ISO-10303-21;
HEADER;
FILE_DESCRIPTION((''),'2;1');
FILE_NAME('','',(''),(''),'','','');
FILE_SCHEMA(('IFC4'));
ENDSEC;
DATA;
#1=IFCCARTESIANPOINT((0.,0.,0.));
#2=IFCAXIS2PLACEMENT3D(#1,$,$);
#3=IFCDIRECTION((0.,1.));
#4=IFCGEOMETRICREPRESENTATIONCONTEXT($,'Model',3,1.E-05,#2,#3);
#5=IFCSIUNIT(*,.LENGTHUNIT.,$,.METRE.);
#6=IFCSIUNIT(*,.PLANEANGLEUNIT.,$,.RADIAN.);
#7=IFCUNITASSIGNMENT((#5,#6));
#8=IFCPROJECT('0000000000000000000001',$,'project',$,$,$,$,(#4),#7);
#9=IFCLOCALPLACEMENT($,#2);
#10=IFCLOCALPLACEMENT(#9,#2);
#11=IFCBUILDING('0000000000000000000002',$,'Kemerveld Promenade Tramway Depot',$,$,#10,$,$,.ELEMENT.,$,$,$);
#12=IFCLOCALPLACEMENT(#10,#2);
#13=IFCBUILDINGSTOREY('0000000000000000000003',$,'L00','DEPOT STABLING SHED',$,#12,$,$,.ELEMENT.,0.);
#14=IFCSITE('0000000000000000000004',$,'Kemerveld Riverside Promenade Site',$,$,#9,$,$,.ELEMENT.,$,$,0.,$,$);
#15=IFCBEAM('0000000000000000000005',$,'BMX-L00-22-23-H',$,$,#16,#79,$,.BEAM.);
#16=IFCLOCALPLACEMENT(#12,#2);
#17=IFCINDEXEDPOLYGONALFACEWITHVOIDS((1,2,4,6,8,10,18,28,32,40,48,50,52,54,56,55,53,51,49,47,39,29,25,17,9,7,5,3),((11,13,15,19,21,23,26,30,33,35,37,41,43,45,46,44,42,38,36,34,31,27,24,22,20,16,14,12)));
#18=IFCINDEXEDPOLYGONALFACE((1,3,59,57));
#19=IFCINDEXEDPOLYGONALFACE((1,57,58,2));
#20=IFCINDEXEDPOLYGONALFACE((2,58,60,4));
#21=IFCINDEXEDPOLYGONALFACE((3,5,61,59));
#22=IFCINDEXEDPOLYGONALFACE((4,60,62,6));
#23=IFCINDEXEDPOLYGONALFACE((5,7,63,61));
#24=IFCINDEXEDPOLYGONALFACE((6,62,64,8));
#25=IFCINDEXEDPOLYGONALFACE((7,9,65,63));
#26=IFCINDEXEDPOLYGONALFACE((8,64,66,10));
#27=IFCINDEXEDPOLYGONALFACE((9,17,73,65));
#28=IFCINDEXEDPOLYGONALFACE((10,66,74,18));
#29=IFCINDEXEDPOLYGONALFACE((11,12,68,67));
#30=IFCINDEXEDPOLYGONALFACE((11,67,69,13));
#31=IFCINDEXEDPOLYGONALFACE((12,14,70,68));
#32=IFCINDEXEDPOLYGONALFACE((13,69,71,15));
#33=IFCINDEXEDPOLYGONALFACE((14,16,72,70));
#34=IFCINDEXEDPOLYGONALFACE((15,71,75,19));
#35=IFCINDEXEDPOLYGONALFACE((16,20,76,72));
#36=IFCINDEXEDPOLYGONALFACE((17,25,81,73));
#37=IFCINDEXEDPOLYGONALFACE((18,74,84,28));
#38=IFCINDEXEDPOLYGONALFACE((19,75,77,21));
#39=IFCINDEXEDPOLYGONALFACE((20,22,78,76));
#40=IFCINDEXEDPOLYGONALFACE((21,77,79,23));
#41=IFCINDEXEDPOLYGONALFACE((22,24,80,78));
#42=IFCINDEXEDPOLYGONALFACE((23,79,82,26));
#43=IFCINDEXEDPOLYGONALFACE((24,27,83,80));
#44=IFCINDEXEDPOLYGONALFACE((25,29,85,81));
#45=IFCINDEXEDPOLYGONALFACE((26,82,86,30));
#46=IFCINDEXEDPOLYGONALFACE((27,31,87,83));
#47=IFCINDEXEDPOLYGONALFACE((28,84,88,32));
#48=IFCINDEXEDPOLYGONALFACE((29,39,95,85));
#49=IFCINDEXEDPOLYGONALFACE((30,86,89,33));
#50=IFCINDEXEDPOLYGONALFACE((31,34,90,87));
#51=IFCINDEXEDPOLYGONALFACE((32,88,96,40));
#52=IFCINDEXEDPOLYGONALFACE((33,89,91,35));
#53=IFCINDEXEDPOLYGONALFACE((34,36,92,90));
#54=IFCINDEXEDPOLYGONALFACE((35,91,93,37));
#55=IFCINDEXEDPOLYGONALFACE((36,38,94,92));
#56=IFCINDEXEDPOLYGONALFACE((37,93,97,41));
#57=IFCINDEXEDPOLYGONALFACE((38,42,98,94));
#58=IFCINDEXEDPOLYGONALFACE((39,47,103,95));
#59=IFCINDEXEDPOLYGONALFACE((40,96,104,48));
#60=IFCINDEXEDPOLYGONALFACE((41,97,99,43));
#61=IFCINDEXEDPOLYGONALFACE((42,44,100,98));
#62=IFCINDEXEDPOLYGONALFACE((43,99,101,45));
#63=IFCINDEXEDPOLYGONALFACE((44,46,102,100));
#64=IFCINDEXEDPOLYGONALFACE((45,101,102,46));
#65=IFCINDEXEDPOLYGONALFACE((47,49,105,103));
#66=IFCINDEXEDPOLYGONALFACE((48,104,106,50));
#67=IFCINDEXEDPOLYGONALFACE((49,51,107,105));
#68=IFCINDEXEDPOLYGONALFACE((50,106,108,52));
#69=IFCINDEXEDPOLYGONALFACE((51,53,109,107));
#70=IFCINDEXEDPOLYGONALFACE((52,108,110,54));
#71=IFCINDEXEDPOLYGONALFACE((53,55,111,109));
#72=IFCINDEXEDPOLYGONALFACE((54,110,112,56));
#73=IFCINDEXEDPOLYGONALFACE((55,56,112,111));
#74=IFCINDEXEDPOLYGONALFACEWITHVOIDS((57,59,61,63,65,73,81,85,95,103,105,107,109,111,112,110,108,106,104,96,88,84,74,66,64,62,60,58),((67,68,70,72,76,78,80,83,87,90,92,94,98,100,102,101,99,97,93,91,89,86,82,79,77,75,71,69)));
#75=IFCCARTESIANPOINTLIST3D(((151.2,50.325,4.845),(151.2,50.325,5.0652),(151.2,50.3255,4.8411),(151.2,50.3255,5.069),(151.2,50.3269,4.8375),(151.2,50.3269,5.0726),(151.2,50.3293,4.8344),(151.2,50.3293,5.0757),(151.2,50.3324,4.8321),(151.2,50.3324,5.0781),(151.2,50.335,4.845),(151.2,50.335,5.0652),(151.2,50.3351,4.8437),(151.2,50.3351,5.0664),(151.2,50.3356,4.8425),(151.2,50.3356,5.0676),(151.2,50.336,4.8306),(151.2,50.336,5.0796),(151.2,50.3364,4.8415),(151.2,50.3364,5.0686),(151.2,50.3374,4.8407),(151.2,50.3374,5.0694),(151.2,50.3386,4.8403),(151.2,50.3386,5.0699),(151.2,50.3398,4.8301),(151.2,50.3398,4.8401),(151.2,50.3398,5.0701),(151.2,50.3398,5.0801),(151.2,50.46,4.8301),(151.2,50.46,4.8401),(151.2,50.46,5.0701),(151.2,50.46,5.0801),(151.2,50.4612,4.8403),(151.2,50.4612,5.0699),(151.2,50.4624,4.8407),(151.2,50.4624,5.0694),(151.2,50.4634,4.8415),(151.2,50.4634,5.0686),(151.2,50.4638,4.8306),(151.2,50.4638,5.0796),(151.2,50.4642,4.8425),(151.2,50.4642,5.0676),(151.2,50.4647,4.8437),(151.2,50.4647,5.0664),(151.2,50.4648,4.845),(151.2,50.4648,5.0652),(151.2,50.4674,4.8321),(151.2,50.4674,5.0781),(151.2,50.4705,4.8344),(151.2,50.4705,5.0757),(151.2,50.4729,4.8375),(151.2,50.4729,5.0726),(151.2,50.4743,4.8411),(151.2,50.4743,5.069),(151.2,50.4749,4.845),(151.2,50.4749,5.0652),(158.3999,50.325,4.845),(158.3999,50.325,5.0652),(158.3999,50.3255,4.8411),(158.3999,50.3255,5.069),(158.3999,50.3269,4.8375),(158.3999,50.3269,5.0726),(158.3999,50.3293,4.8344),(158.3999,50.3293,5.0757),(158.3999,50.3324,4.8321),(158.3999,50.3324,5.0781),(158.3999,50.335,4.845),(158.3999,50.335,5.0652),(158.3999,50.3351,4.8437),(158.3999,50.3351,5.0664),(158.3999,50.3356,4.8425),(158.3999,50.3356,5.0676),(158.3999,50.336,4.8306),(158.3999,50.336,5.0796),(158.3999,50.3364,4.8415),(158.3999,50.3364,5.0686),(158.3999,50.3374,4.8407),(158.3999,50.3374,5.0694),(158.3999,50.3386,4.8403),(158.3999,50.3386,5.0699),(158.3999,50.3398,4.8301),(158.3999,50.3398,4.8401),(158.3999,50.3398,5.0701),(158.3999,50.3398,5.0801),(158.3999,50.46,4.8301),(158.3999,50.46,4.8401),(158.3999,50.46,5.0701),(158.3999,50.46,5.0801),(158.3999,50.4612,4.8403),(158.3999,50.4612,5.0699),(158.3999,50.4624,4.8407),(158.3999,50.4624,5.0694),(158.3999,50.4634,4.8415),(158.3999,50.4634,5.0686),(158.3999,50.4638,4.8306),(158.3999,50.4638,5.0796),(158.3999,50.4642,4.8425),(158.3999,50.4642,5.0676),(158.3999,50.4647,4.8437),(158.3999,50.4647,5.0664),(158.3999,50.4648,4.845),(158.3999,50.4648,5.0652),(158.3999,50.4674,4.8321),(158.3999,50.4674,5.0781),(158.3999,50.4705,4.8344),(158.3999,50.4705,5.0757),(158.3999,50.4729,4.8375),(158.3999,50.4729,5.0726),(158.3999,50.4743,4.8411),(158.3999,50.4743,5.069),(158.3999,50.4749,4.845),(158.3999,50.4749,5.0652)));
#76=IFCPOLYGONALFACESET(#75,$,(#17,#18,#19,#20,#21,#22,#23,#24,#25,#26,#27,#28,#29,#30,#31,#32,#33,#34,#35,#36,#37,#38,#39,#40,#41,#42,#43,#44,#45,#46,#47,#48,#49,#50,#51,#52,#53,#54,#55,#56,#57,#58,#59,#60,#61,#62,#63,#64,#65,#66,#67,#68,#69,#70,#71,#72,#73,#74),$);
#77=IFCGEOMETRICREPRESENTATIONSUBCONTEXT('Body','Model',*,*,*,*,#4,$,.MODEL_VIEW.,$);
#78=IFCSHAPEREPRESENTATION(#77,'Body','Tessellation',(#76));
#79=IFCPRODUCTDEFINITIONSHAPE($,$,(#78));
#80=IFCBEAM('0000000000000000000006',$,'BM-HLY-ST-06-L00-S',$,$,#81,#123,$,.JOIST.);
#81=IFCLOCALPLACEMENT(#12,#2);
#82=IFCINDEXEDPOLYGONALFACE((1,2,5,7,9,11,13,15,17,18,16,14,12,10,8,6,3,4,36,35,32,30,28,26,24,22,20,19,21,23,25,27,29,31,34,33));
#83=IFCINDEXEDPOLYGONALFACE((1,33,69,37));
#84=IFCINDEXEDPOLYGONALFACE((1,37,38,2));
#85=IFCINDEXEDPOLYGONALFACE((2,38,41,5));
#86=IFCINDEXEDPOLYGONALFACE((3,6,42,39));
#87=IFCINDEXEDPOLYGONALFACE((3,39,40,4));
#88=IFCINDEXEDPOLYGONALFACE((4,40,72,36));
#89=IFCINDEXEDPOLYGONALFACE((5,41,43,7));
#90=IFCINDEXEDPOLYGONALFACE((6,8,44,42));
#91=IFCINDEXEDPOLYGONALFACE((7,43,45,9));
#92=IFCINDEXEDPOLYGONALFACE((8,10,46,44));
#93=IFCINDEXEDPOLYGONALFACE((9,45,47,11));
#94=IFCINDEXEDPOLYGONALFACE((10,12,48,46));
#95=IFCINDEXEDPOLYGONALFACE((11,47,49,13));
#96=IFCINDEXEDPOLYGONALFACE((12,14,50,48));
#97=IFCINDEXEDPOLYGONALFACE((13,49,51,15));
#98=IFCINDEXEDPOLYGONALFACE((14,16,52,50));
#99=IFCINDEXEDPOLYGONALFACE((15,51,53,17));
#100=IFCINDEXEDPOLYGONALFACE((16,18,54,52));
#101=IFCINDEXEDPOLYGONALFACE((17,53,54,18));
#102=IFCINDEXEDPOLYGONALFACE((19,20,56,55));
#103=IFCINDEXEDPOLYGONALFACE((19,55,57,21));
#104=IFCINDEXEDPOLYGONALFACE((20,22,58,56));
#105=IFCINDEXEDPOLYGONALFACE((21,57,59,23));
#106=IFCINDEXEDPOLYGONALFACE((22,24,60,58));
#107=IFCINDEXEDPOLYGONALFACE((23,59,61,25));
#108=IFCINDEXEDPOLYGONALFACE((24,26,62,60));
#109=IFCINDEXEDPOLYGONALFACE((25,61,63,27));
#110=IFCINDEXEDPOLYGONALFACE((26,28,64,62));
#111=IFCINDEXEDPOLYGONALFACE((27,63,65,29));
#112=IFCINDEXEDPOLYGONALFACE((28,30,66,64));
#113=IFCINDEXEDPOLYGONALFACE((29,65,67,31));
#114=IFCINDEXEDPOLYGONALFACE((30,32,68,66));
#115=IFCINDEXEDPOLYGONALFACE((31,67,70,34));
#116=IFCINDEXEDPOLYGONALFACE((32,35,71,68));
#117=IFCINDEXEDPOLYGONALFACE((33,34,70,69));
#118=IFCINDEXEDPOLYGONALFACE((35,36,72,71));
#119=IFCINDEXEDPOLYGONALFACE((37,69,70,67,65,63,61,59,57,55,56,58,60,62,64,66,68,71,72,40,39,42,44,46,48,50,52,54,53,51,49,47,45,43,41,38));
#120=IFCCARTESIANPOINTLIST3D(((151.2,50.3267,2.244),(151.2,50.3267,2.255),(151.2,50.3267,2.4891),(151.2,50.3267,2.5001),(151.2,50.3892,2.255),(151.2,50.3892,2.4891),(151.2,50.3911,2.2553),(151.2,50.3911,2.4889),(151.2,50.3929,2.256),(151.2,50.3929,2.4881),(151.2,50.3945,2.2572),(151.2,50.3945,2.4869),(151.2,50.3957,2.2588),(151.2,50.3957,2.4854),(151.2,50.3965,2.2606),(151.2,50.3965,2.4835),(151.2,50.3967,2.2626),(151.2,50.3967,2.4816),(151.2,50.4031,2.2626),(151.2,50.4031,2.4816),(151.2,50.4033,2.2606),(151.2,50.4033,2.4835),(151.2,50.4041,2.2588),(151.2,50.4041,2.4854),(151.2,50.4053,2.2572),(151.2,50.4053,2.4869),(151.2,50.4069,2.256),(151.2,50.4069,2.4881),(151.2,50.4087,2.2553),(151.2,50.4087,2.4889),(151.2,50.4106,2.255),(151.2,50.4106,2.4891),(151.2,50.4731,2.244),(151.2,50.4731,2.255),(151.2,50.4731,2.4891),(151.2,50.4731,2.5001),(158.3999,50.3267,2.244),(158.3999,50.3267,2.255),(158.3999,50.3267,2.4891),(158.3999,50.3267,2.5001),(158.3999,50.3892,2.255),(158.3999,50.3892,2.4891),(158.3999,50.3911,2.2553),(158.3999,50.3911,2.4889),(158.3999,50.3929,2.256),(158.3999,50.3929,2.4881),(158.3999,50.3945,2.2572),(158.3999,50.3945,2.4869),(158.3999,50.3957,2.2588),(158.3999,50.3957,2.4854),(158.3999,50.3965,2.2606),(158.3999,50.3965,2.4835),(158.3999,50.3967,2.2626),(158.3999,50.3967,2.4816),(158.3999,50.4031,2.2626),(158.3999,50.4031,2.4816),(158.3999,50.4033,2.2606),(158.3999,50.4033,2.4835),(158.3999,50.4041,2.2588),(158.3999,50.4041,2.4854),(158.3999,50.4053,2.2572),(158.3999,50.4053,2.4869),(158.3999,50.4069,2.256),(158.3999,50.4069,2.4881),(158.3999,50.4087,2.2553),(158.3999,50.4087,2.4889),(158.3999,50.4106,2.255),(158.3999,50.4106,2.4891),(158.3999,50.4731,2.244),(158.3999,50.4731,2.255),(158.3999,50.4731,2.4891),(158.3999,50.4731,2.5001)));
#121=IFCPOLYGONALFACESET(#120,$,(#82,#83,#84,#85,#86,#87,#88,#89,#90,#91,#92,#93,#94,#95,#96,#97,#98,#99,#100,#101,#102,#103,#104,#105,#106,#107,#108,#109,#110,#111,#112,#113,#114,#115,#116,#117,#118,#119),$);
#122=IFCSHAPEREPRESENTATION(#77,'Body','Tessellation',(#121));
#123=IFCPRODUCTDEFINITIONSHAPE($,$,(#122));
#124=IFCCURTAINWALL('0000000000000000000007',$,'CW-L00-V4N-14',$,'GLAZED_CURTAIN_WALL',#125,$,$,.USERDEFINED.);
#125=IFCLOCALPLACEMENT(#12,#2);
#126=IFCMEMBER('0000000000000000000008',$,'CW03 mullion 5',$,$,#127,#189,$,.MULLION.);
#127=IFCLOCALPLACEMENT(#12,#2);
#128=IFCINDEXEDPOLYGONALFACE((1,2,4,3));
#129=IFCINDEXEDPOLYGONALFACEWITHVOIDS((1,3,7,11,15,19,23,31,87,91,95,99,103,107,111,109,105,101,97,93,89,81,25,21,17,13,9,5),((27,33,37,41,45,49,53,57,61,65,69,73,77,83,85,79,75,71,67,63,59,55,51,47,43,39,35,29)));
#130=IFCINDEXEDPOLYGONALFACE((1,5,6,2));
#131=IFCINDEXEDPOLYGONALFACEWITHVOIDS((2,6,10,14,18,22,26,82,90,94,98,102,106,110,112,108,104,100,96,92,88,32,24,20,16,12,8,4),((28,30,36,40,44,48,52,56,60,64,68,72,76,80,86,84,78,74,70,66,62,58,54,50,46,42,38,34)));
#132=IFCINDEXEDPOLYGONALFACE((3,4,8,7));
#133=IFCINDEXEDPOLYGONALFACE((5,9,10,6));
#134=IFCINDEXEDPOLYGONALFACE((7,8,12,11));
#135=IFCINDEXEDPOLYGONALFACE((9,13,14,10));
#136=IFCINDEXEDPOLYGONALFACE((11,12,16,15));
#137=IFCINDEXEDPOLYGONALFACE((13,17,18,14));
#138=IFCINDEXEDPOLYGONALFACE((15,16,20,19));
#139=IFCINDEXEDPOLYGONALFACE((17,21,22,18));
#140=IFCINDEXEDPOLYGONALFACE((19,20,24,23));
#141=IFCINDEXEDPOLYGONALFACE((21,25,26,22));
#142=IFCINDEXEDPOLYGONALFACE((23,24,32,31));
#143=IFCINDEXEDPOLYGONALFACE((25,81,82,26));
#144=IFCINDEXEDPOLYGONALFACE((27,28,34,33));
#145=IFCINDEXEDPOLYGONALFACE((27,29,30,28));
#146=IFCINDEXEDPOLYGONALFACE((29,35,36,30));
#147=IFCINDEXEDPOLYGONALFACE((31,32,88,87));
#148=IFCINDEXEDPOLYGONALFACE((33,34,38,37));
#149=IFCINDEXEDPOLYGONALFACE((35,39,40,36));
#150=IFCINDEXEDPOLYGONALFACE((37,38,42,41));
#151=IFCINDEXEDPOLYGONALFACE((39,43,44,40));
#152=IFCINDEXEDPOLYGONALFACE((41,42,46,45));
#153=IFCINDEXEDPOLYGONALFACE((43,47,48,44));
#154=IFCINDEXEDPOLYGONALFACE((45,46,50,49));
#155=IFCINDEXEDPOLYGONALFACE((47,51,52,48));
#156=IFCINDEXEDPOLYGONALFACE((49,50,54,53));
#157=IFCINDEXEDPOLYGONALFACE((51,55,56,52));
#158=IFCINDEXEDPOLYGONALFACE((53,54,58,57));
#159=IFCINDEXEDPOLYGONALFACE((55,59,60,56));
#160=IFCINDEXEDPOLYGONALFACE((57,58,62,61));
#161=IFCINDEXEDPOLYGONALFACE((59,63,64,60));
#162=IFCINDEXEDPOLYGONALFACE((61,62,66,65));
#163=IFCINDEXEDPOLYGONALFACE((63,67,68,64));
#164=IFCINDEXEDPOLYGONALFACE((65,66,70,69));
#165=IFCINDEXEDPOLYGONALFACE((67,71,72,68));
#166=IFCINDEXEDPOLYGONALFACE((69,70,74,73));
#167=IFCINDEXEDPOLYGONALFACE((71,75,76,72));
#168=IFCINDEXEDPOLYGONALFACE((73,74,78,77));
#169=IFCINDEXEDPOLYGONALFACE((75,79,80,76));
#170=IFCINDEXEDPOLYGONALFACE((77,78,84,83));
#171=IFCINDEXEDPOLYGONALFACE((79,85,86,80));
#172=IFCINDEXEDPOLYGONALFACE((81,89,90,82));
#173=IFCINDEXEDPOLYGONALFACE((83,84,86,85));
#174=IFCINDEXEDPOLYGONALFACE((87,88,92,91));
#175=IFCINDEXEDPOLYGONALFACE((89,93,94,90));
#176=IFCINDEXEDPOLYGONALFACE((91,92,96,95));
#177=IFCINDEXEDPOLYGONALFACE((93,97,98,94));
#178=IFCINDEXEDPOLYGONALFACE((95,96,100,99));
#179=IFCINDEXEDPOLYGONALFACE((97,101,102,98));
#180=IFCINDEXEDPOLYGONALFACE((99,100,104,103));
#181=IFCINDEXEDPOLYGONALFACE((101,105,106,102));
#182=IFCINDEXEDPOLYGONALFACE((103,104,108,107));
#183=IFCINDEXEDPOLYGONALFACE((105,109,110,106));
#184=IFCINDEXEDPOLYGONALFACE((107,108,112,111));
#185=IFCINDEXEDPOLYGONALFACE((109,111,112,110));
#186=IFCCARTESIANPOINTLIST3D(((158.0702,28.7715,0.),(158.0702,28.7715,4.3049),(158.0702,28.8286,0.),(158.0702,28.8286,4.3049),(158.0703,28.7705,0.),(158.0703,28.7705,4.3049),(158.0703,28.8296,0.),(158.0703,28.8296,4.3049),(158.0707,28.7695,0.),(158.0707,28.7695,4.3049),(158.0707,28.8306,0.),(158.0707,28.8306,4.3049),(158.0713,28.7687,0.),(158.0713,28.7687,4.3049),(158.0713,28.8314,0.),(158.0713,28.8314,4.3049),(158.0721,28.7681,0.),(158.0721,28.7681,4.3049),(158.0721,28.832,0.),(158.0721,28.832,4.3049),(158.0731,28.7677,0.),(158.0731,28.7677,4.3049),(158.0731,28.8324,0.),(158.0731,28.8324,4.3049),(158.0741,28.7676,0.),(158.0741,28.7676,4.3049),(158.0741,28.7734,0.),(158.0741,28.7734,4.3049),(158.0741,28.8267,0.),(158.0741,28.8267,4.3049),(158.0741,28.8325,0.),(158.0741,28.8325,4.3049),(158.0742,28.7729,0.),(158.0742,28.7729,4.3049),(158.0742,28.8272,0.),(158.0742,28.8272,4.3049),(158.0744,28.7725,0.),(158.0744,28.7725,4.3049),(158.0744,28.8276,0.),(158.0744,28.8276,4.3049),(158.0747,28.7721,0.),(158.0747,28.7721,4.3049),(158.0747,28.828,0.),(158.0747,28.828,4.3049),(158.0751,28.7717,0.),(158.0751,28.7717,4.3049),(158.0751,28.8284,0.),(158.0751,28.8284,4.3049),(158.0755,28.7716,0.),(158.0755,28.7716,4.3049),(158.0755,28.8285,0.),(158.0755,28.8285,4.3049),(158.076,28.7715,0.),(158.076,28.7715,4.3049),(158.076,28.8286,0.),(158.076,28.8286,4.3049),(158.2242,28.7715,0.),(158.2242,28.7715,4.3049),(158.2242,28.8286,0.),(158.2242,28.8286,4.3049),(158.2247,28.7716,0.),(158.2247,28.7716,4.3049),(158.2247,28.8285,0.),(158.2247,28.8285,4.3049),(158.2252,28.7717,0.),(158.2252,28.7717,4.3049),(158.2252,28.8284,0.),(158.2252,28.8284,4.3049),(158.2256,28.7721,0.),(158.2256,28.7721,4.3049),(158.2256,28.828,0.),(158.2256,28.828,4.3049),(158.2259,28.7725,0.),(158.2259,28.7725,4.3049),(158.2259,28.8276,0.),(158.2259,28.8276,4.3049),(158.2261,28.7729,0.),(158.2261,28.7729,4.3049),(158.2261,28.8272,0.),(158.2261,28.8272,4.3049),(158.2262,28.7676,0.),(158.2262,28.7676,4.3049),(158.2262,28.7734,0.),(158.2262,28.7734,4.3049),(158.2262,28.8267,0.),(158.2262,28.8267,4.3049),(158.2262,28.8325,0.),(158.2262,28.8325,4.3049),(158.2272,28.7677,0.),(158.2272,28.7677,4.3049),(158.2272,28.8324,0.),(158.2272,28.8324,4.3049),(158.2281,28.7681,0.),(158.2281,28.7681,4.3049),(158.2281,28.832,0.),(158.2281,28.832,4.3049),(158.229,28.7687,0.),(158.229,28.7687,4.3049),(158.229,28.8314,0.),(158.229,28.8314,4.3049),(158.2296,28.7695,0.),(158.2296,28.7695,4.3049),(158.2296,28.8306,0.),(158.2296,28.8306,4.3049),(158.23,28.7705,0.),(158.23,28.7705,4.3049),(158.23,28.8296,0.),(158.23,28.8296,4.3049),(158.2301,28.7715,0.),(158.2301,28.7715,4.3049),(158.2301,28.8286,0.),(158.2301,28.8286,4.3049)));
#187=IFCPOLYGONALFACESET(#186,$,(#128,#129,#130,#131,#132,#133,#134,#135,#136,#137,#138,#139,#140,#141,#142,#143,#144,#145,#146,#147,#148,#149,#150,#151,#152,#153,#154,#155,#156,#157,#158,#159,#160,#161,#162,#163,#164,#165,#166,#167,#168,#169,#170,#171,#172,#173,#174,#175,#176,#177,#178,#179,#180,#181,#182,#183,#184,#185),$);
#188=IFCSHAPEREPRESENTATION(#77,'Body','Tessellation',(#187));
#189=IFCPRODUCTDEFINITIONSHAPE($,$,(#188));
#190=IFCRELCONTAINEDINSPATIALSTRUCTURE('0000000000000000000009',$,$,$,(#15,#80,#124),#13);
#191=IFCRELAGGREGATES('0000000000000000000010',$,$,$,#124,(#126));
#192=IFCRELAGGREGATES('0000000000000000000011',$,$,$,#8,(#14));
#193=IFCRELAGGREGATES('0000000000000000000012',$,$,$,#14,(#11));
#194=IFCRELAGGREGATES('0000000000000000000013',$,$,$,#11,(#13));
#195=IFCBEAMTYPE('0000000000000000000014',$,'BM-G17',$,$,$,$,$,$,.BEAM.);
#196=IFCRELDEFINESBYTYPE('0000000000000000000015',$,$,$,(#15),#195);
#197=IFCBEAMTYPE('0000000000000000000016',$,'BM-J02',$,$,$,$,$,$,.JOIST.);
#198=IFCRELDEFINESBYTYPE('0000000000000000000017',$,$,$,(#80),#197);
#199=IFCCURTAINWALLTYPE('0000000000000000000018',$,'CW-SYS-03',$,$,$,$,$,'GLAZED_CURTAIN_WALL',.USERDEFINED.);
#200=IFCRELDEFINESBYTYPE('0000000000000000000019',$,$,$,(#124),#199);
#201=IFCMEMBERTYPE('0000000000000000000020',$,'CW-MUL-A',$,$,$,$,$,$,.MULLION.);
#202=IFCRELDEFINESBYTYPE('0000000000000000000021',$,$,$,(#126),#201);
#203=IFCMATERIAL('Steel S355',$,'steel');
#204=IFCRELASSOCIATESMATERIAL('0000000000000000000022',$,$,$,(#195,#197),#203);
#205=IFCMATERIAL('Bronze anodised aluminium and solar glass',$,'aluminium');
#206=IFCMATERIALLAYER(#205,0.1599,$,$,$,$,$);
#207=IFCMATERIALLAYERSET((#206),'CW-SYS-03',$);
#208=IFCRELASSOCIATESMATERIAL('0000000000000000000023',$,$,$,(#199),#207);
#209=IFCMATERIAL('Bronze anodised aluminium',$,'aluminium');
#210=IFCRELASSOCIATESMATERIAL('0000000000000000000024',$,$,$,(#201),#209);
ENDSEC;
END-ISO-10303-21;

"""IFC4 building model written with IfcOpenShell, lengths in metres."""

from ifc_helpers import new_model, si_unit, direction, frame, origin, origin_2d, place, context, subcontext, project, spatial, hollow_rectangle, i_section, extrude, material, layer, layer_set, material_profile, profile_set, type_object, element, aggregate, save


model = new_model("IFC4")

# Units and contexts
model_context = context("Model", 3, precision=1e-05, world=origin(), true_north=direction((0.0, 1.0)))
body_context = subcontext(model_context, "Body", "Model", "MODEL_VIEW")
ifc_project = project(units=[si_unit("LENGTHUNIT", "METRE"), si_unit("PLANEANGLEUNIT", "RADIAN")], contexts=[model_context])

# Site, building, storey
site_placement = place(None, origin())
site = spatial("IfcSite", under=ifc_project, at=site_placement, Name="Kemerveld Riverside Promenade Site", CompositionType="ELEMENT", RefElevation=0.0)
building_placement = place(site_placement, origin())
building = spatial("IfcBuilding", under=site, at=building_placement, Name="Kemerveld Promenade Tramway Depot", CompositionType="ELEMENT")
storey_placement = place(building_placement, origin())
storey = spatial("IfcBuildingStorey", under=building, at=storey_placement, Name="L00", Description="DEPOT STABLING SHED", CompositionType="ELEMENT", Elevation=0.0)

# Shared definitions
ifc_material_1 = material(Name="Steel S355", Category="steel")

# Beams
ifc_material_profile_1 = material_profile(ifc_material_1, hollow_rectangle(XDim=0.1499, YDim=0.25, WallThickness=0.01, InnerFilletRadius=0.0049, OuterFilletRadius=0.0149, at=origin_2d()), Name="250x150x10.0 RHS")
ifc_profile_set_1 = profile_set([ifc_material_profile_1], Name="Steel S355")
beam_type_1 = type_object("IfcBeamType", Name="BM-G17", PredefinedType="BEAM", material=ifc_profile_set_1)
beam_1_placement = place(storey_placement, frame((151.2, 50.3999, 4.9551), z_axis=(1.0, 0.0, 0.0), x_axis=(0.0, 1.0, 0.0)))
element("IfcBeam", 1, at=beam_1_placement, inside=storey, type_object=beam_type_1, Name="BMX-L00-22-23-H", PredefinedType="BEAM", context=body_context, shape_type="SweptSolid", body=[
    extrude(hollow_rectangle(XDim=0.1499, YDim=0.25, WallThickness=0.01, InnerFilletRadius=0.0049, OuterFilletRadius=0.0149, at=origin_2d()), origin(), (0.0, 0.0, 1.0), 7.2),
])
ifc_material_profile_2 = material_profile(ifc_material_1, i_section(OverallWidth=0.1465, OverallDepth=0.2561, WebThickness=0.0063, FlangeThickness=0.011, FilletRadius=0.0076, at=origin_2d()), Name="254x146x37 UB")
ifc_profile_set_2 = profile_set([ifc_material_profile_2], Name="Steel S355")
beam_type_2 = type_object("IfcBeamType", Name="BM-J02", PredefinedType="JOIST", material=ifc_profile_set_2)
beam_2_placement = place(storey_placement, frame((151.2, 50.3999, 2.3721), z_axis=(1.0, 0.0, 0.0), x_axis=(0.0, 1.0, 0.0)))
element("IfcBeam", 2, at=beam_2_placement, inside=storey, type_object=beam_type_2, Name="BM-HLY-ST-06-L00-S", PredefinedType="JOIST", context=body_context, shape_type="SweptSolid", body=[
    extrude(i_section(OverallWidth=0.1465, OverallDepth=0.2561, WebThickness=0.0063, FlangeThickness=0.011, FilletRadius=0.0076, at=origin_2d()), origin(), (0.0, 0.0, 1.0), 7.2),
])

# Curtain wall, member
ifc_material_2 = material(Name="Bronze anodised aluminium and solar glass", Category="aluminium")
ifc_layer_1 = layer(ifc_material_2, 0.1599)
ifc_layer_set_1 = layer_set([ifc_layer_1], Name="CW-SYS-03")
curtain_wall_type = type_object("IfcCurtainWallType", Name="CW-SYS-03", ElementType="GLAZED_CURTAIN_WALL", PredefinedType="USERDEFINED", material=ifc_layer_set_1)
curtain_wall_placement = place(storey_placement, origin())
curtain_wall = element("IfcCurtainWall", 3, at=curtain_wall_placement, inside=storey, type_object=curtain_wall_type, Name="CW-L00-V4N-14", ObjectType="GLAZED_CURTAIN_WALL", PredefinedType="USERDEFINED")
ifc_material_3 = material(Name="Bronze anodised aluminium", Category="aluminium")
ifc_material_profile_3 = material_profile(ifc_material_3, hollow_rectangle(XDim=0.0649, YDim=0.1599, WallThickness=0.0039, InnerFilletRadius=0.002, OuterFilletRadius=0.0039, at=origin_2d()), Name="CW-MUL-160x65")
ifc_profile_set_3 = profile_set([ifc_material_profile_3], Name="Bronze anodised aluminium")
member_type = type_object("IfcMemberType", Name="CW-MUL-A", PredefinedType="MULLION", material=ifc_profile_set_3)
member_placement = place(storey_placement, frame((158.1501, 28.8, 0.0), z_axis=(0.0, 0.0, 1.0), x_axis=(0.0, 1.0, 0.0)))
member = element("IfcMember", 4, at=member_placement, type_object=member_type, Name="CW03 mullion 5", PredefinedType="MULLION", context=body_context, shape_type="SweptSolid", body=[
    extrude(hollow_rectangle(XDim=0.0649, YDim=0.1599, WallThickness=0.0039, InnerFilletRadius=0.002, OuterFilletRadius=0.0039, at=origin_2d()), origin(), (0.0, 0.0, 1.0), 4.3049),
])
aggregate(curtain_wall, [member])

save(model, "model.ifc")
